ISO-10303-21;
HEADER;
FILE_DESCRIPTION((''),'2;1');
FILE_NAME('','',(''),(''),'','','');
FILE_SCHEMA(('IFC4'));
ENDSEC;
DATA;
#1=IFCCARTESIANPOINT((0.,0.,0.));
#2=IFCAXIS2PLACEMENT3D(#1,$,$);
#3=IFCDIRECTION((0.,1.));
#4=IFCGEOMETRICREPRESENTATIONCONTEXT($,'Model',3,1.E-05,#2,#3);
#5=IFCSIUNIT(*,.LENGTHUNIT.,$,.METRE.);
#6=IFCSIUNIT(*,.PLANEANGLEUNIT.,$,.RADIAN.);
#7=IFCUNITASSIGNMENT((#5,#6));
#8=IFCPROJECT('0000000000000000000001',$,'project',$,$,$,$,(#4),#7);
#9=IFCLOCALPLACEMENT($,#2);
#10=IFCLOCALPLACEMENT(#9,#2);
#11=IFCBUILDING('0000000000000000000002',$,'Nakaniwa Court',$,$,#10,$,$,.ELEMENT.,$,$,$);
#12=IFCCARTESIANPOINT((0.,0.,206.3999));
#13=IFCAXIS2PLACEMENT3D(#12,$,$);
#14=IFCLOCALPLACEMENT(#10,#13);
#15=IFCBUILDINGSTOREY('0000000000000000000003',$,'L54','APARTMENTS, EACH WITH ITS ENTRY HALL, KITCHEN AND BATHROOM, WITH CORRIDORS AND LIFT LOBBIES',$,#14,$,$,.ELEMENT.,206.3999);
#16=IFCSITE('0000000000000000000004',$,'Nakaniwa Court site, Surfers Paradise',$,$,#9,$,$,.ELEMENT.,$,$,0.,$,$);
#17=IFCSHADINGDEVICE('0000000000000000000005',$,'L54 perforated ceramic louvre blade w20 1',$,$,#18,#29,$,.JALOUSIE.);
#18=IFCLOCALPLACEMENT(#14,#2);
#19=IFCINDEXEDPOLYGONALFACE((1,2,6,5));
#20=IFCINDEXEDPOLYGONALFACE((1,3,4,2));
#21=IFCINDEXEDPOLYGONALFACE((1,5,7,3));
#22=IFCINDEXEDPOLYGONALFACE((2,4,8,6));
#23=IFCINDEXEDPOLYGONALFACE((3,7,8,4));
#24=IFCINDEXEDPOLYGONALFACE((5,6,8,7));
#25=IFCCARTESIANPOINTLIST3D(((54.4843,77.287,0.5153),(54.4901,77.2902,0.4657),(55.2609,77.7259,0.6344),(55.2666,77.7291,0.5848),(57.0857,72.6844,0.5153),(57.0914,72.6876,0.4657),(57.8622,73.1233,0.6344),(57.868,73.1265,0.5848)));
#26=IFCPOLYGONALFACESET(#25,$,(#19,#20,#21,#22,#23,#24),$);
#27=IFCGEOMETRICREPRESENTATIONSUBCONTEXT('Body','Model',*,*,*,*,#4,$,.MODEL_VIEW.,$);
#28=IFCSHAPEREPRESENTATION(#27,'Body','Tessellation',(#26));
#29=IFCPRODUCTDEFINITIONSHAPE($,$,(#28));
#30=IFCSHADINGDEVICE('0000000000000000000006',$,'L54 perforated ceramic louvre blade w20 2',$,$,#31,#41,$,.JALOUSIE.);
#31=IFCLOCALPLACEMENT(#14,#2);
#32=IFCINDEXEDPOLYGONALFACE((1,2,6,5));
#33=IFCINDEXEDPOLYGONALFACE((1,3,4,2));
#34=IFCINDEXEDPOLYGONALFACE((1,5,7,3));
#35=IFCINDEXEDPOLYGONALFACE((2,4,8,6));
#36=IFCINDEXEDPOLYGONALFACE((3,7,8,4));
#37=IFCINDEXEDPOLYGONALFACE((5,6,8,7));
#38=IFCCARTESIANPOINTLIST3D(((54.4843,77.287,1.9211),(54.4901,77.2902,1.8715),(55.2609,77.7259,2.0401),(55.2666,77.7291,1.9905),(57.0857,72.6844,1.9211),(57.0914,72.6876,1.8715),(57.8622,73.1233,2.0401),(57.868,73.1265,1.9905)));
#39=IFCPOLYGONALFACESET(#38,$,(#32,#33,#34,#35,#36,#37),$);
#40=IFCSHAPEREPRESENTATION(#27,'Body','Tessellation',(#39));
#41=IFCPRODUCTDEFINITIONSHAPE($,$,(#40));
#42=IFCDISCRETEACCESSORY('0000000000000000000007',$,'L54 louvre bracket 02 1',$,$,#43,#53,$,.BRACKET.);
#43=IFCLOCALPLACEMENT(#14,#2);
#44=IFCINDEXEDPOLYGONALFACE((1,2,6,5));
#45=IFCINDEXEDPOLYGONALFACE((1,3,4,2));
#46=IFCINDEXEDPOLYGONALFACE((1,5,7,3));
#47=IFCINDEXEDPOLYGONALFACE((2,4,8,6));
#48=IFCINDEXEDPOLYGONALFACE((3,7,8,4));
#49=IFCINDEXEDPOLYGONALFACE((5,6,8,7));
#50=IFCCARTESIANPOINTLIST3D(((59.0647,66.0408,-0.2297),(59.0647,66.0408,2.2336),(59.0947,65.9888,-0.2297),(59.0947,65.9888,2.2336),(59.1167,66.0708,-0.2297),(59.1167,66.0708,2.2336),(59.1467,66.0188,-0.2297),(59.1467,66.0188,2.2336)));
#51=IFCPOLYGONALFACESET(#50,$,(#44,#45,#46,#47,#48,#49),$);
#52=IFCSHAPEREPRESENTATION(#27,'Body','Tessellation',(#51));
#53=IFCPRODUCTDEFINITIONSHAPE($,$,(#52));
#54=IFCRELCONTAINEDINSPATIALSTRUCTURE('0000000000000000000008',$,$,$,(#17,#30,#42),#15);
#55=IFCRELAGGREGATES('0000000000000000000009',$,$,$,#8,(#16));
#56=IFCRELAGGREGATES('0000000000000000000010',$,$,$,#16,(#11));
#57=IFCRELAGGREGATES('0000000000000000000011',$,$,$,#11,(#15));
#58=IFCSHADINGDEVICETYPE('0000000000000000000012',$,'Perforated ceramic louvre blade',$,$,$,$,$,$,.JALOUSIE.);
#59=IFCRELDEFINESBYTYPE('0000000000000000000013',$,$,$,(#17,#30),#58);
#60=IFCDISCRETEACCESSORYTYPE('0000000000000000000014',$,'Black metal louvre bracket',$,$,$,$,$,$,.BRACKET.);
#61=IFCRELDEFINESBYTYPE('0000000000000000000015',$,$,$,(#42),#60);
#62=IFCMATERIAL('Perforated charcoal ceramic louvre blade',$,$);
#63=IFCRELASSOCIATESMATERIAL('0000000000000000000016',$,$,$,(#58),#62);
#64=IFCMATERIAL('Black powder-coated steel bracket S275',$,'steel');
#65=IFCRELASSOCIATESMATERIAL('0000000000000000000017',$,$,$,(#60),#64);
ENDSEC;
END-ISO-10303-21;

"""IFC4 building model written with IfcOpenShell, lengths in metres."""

from ifc_helpers import new_model, si_unit, direction, frame, origin, origin_2d, place, context, subcontext, project, spatial, rectangle, extrude, material, material_profile, profile_set, type_object, element, save


model = new_model("IFC4")

# Units and contexts
model_context = context("Model", 3, precision=1e-05, world=origin(), true_north=direction((0.0, 1.0)))
body_context = subcontext(model_context, "Body", "Model", "MODEL_VIEW")
ifc_project = project(units=[si_unit("LENGTHUNIT", "METRE"), si_unit("PLANEANGLEUNIT", "RADIAN")], contexts=[model_context])

# Site, building, storey
site_placement = place(None, origin())
site = spatial("IfcSite", under=ifc_project, at=site_placement, Name="Nakaniwa Court site, Surfers Paradise", CompositionType="ELEMENT", RefElevation=0.0)
building_placement = place(site_placement, origin())
building = spatial("IfcBuilding", under=site, at=building_placement, Name="Nakaniwa Court", CompositionType="ELEMENT")
storey_placement = place(building_placement, frame((0.0, 0.0, 206.3999)))
storey = spatial("IfcBuildingStorey", under=building, at=storey_placement, Name="L54", Description="APARTMENTS, EACH WITH ITS ENTRY HALL, KITCHEN AND BATHROOM, WITH CORRIDORS AND LIFT LOBBIES", CompositionType="ELEMENT", Elevation=206.3999)

# Shading devices
ifc_material_1 = material(Name="Perforated charcoal ceramic louvre blade")
ifc_material_profile_1 = material_profile(ifc_material_1, rectangle(XDim=0.8999, YDim=0.05, at=origin_2d()), Name="Perforated ceramic louvre blade")
ifc_profile_set_1 = profile_set([ifc_material_profile_1], Name="Perforated charcoal ceramic louvre blade")
shading_device_type_1 = type_object("IfcShadingDeviceType", Name="Perforated ceramic louvre blade", PredefinedType="JALOUSIE", material=ifc_profile_set_1)
for number, where, z_axis, x_axis, name in (
    (1, (54.8755, 77.5081, 0.55), (0.492041, -0.870572, 0.0), (0.862925, 0.487718, 0.132256), "L54 perforated ceramic louvre blade w20 1"),
    (2, (54.8755, 77.5081, 1.9558), (0.492041, -0.870572, 0.0), (0.862925, 0.487718, 0.132256), "L54 perforated ceramic louvre blade w20 2"),
):
    element("IfcShadingDevice", number, at=place(storey_placement, frame(where, z_axis=z_axis, x_axis=x_axis)), inside=storey, type_object=shading_device_type_1, Name=name, PredefinedType="JALOUSIE", context=body_context, shape_type="SweptSolid", body=[
        extrude(rectangle(XDim=0.8999, YDim=0.05, at=origin_2d()), origin(), (0.0, 0.0, 1.0), 5.2869),
    ])

# Discrete accessory
ifc_material_2 = material(Name="Black powder-coated steel bracket S275", Category="steel")
discrete_accessory_type = type_object("IfcDiscreteAccessoryType", Name="Black metal louvre bracket", PredefinedType="BRACKET", material=ifc_material_2)
discrete_accessory_placement = place(storey_placement, frame((59.1057, 66.0298, -0.2297), z_axis=(0.0, 0.0, 1.0), x_axis=(0.500017, -0.866016, 0.0)))
element("IfcDiscreteAccessory", 3, at=discrete_accessory_placement, inside=storey, type_object=discrete_accessory_type, Name="L54 louvre bracket 02 1", PredefinedType="BRACKET", context=body_context, shape_type="SweptSolid", body=[
    extrude(rectangle(XDim=0.0601, YDim=0.0601, at=origin_2d()), origin(), (0.0, 0.0, 1.0), 2.4634),
])

save(model, "model.ifc")
